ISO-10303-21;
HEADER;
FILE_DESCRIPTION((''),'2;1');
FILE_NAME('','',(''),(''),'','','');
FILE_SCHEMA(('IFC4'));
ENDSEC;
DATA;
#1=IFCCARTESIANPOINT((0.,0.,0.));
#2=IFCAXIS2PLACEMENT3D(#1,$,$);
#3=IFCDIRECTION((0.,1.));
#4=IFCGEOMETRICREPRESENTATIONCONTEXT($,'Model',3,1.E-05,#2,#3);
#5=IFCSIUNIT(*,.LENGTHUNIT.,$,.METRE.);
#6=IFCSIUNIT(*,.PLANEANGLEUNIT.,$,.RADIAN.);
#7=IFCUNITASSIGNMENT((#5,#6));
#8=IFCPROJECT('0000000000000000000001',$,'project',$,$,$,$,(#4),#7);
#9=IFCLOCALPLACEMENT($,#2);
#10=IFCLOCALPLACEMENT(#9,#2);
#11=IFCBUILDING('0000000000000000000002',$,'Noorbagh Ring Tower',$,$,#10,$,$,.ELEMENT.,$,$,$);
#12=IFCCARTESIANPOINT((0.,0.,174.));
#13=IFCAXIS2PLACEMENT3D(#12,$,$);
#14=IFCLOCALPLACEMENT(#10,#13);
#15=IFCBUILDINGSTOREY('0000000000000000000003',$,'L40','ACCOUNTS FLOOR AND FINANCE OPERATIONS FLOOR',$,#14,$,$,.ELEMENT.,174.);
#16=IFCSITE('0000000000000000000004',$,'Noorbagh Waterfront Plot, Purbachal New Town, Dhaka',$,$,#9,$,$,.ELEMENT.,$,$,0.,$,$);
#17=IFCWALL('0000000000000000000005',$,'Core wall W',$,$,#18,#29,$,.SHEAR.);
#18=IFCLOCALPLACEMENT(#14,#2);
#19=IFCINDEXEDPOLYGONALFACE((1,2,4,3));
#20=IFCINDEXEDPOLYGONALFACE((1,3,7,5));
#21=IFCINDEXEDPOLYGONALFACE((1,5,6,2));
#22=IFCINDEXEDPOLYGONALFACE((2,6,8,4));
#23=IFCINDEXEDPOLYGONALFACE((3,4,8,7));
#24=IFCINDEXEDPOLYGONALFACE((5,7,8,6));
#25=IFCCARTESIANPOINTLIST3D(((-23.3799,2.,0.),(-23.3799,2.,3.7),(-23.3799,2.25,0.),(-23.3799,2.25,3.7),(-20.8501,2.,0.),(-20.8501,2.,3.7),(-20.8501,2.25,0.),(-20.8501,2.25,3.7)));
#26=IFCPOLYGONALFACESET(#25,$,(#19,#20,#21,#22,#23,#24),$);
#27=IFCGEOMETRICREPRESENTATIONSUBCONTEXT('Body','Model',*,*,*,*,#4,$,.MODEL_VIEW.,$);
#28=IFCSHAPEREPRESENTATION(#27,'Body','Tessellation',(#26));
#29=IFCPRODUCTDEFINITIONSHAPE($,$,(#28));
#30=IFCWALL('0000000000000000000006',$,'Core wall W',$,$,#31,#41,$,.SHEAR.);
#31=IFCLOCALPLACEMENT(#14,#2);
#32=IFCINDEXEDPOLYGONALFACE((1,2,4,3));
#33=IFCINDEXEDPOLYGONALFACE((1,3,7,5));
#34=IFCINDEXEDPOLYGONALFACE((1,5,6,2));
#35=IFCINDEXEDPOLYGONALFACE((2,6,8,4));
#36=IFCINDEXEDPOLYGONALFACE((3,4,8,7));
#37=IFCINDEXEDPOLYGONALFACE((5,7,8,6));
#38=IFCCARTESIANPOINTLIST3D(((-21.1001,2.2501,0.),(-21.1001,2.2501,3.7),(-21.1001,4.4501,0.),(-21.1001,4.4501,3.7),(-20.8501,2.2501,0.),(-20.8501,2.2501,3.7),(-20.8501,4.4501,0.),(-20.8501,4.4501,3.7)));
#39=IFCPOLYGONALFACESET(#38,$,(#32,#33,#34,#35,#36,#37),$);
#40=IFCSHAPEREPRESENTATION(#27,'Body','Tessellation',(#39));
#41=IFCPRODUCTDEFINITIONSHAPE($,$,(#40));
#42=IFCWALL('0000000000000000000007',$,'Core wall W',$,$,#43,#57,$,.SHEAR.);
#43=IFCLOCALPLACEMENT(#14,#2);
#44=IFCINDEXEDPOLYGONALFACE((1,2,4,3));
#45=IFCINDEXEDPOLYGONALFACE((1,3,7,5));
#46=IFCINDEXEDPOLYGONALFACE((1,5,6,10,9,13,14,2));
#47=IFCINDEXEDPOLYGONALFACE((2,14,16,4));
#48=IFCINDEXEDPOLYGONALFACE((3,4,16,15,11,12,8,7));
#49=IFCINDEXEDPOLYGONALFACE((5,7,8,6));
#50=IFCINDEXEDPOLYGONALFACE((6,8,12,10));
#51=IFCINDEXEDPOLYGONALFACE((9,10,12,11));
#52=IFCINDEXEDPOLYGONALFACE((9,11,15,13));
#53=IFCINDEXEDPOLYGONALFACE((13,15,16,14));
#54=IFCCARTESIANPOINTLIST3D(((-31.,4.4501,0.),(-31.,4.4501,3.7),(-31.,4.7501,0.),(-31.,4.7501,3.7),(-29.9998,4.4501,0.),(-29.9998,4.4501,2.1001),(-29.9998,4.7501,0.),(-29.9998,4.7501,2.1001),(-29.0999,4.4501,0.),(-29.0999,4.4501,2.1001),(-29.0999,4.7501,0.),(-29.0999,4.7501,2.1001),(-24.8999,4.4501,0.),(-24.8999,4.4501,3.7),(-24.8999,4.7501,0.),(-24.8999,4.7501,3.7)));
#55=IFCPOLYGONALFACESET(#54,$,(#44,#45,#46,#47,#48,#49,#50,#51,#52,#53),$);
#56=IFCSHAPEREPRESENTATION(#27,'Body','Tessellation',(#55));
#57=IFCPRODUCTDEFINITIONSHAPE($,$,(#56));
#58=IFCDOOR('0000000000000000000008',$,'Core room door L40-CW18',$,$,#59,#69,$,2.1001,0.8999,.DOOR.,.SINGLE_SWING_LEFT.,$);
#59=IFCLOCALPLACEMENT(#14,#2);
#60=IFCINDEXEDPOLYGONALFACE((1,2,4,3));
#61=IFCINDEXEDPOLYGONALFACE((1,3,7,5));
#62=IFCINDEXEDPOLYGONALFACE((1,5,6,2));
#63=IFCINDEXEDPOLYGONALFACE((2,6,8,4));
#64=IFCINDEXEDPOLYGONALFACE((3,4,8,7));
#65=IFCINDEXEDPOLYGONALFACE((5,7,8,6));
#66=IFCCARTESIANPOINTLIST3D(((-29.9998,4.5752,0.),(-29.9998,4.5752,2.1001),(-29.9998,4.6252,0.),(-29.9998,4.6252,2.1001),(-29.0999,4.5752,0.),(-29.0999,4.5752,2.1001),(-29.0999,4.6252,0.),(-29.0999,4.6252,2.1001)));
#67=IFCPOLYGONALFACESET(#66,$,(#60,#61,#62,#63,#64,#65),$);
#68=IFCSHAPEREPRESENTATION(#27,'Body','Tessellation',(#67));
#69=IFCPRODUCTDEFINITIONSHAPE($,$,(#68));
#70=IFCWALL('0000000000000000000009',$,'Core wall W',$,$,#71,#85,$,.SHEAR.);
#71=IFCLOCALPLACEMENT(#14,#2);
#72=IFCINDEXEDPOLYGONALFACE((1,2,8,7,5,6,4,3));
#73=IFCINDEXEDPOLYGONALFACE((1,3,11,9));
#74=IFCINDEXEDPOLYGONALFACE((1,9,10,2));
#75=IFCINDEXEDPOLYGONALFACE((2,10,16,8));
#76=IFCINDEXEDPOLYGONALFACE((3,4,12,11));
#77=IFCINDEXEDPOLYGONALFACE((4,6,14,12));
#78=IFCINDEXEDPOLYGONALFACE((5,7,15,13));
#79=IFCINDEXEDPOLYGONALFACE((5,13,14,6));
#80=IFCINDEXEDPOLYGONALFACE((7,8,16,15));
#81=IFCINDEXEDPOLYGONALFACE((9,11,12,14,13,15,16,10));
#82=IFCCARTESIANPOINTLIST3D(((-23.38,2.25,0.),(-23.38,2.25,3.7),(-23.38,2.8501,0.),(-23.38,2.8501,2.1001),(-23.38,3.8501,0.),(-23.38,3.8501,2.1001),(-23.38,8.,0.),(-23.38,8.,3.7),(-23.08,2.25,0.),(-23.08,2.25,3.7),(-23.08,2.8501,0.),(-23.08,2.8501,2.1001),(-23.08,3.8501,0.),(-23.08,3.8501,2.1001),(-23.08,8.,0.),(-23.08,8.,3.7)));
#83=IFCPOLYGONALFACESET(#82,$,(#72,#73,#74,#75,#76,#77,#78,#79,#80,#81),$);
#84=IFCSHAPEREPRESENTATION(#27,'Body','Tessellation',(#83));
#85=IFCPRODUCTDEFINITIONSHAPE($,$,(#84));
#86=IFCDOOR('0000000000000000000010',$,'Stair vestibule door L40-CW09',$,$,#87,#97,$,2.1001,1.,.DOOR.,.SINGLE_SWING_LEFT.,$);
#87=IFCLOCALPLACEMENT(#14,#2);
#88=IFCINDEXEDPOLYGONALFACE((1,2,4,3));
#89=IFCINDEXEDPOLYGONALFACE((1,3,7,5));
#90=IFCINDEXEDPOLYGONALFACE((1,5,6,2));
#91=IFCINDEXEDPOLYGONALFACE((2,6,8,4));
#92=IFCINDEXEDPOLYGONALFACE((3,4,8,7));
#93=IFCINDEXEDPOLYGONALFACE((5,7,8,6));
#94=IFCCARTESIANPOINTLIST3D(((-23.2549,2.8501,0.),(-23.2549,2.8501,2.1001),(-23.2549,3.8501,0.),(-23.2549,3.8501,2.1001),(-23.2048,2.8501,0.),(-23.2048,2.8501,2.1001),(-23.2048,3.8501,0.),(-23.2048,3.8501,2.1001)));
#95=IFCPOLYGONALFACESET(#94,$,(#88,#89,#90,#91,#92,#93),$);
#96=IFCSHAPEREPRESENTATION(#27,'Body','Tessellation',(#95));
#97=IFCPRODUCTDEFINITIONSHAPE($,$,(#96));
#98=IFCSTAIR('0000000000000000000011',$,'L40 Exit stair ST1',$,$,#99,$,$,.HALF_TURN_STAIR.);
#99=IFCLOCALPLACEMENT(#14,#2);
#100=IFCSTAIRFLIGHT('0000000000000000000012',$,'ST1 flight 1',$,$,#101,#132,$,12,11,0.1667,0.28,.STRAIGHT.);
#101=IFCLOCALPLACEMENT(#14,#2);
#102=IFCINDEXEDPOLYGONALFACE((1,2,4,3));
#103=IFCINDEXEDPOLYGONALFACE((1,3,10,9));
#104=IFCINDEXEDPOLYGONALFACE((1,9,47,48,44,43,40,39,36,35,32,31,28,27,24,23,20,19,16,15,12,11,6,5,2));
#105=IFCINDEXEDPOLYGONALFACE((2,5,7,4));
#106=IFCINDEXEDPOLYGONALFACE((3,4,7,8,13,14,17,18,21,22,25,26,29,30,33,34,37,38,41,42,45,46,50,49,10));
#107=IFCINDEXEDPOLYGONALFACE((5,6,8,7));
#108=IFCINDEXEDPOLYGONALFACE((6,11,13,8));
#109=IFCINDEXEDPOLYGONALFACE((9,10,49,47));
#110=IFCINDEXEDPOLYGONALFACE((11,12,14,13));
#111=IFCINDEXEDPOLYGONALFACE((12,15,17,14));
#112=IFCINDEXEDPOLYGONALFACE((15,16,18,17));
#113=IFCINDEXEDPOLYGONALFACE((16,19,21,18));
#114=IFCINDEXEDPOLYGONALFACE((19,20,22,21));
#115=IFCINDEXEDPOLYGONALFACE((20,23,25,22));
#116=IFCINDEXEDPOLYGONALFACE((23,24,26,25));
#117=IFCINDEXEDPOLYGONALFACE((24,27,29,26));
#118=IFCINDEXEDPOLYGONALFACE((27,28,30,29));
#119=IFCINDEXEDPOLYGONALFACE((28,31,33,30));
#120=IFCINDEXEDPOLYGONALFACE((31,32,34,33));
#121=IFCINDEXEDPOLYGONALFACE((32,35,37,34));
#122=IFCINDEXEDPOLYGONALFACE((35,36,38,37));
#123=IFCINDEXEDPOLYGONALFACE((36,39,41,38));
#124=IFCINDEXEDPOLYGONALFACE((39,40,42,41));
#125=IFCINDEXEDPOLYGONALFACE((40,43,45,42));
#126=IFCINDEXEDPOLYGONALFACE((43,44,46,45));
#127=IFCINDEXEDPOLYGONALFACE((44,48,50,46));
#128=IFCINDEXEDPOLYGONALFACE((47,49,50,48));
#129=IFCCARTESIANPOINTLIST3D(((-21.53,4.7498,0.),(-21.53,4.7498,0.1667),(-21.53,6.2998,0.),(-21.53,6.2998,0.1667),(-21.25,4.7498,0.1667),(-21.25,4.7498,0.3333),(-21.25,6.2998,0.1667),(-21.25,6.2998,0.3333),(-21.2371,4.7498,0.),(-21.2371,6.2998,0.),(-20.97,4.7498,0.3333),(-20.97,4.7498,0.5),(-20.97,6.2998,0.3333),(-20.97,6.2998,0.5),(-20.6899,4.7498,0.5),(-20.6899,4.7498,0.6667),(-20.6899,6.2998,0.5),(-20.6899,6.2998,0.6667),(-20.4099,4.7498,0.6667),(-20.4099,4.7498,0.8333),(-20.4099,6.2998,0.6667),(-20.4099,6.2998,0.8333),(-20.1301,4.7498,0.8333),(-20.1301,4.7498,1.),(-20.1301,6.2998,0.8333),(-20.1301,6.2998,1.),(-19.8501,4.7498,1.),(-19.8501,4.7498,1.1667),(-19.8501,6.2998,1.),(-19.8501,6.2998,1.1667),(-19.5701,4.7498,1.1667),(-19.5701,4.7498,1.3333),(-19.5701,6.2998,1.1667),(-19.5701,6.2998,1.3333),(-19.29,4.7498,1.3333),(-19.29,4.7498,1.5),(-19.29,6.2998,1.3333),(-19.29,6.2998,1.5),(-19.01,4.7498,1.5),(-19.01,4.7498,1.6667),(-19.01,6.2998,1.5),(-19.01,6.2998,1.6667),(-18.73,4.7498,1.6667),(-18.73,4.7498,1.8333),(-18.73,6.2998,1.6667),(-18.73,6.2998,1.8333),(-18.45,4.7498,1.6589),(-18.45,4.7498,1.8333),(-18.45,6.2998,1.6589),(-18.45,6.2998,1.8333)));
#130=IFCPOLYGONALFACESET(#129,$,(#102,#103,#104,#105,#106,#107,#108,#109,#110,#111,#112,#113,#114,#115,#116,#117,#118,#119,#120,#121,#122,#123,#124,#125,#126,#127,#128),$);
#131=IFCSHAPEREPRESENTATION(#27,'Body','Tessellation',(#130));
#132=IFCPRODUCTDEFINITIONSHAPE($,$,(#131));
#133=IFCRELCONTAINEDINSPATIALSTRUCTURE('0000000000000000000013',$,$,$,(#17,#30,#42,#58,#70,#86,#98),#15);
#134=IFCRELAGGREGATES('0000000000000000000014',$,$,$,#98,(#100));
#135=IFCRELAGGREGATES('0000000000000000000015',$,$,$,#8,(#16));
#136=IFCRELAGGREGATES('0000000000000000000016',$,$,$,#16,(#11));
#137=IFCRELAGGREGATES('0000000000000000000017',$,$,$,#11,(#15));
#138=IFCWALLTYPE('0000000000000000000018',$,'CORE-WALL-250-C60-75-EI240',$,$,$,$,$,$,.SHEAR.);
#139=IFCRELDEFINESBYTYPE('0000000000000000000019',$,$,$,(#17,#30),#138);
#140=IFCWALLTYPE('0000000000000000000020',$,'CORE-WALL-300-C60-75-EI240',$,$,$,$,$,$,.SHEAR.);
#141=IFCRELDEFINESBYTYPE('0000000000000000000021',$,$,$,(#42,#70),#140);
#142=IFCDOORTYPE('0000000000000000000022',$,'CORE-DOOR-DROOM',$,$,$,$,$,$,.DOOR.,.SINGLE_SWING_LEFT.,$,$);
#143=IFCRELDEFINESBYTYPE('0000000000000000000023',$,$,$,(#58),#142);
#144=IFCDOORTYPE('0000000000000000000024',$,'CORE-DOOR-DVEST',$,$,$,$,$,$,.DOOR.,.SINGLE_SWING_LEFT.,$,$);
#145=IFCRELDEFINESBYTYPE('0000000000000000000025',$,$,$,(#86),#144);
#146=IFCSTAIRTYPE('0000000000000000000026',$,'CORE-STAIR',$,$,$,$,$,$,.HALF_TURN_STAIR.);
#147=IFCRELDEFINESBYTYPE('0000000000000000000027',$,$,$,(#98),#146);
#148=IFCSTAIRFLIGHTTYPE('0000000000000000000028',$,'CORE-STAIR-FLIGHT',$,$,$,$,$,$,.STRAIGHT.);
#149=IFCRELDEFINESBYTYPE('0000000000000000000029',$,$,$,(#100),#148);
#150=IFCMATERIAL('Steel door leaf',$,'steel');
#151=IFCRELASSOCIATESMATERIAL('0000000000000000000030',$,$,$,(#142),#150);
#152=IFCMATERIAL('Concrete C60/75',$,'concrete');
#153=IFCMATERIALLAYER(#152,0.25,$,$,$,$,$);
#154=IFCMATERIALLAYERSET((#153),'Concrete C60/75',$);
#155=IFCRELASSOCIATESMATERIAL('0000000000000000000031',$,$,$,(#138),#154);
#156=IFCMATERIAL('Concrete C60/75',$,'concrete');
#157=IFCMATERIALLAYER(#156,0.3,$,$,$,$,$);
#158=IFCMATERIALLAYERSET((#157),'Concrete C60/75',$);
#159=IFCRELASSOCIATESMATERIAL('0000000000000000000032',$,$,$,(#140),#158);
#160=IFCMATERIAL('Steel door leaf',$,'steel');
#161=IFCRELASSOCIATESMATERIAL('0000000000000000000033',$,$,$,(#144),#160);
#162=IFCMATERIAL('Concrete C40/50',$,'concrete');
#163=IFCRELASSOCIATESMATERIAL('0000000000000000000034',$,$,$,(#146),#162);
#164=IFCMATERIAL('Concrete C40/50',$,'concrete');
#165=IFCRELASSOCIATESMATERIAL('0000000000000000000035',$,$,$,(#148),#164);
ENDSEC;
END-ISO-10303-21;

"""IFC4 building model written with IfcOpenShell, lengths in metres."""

from ifc_helpers import new_model, si_unit, direction, frame, frame_2d, origin, place, context, subcontext, project, spatial, polyline, rectangle, outline, extrude, material, layer, layer_set, type_object, element, fill, aggregate, save


model = new_model("IFC4")

# Units and contexts
model_context = context("Model", 3, precision=1e-05, world=origin(), true_north=direction((0.0, 1.0)))
body_context = subcontext(model_context, "Body", "Model", "MODEL_VIEW")
ifc_project = project(units=[si_unit("LENGTHUNIT", "METRE"), si_unit("PLANEANGLEUNIT", "RADIAN")], contexts=[model_context])

# Site, building, storey
site_placement = place(None, origin())
site = spatial("IfcSite", under=ifc_project, at=site_placement, Name="Noorbagh Waterfront Plot, Purbachal New Town, Dhaka", CompositionType="ELEMENT", RefElevation=0.0)
building_placement = place(site_placement, origin())
building = spatial("IfcBuilding", under=site, at=building_placement, Name="Noorbagh Ring Tower", CompositionType="ELEMENT")
storey_placement = place(building_placement, frame((0.0, 0.0, 174.0)))
storey = spatial("IfcBuildingStorey", under=building, at=storey_placement, Name="L40", Description="ACCOUNTS FLOOR AND FINANCE OPERATIONS FLOOR", CompositionType="ELEMENT", Elevation=174.0)

# Shared definitions
ifc_material_1 = material(Name="Steel door leaf", Category="steel")
door_type_1 = type_object("IfcDoorType", Name="CORE-DOOR-DROOM", OperationType="SINGLE_SWING_LEFT", PredefinedType="DOOR", material=ifc_material_1)

# Walls
ifc_material_2 = material(Name="Concrete C60/75", Category="concrete")
ifc_layer_1 = layer(ifc_material_2, 0.25)
ifc_layer_set_1 = layer_set([ifc_layer_1], Name="Concrete C60/75")
wall_type_1 = type_object("IfcWallType", Name="CORE-WALL-250-C60-75-EI240", PredefinedType="SHEAR", material=ifc_layer_set_1)
wall_1_placement = place(storey_placement, frame((-20.8501, 2.125, 0.0), z_axis=(0.0, 0.0, 1.0), x_axis=(-1.0, 0.0, 0.0)))
element("IfcWall", 1, at=wall_1_placement, inside=storey, type_object=wall_type_1, Name="Core wall W", PredefinedType="SHEAR", context=body_context, shape_type="SweptSolid", body=[
    extrude(rectangle(XDim=2.5298, YDim=0.25, at=frame_2d((1.2649, 0.0))), origin(), (0.0, 0.0, 1.0), 3.7),
])
wall_2_placement = place(storey_placement, frame((-20.9751, 2.25, 0.0), z_axis=(0.0, 0.0, 1.0), x_axis=(0.0, 1.0, 0.0)))
element("IfcWall", 2, at=wall_2_placement, inside=storey, type_object=wall_type_1, Name="Core wall W", PredefinedType="SHEAR", context=body_context, shape_type="SweptSolid", body=[
    extrude(rectangle(XDim=2.2, YDim=0.25, at=frame_2d((1.1001, 0.0))), origin(), (0.0, 0.0, 1.0), 3.7),
])

# Walls, openings, doors
ifc_material_3 = material(Name="Concrete C60/75", Category="concrete")
ifc_layer_2 = layer(ifc_material_3, 0.3)
ifc_layer_set_2 = layer_set([ifc_layer_2], Name="Concrete C60/75")
wall_type_2 = type_object("IfcWallType", Name="CORE-WALL-300-C60-75-EI240", PredefinedType="SHEAR", material=ifc_layer_set_2)
wall_3_placement = place(storey_placement, frame((-24.8999, 4.6001, 0.0), z_axis=(0.0, 0.0, 1.0), x_axis=(-1.0, 0.0, 0.0)))
wall_3 = element("IfcWall", 3, at=wall_3_placement, inside=storey, type_object=wall_type_2, Name="Core wall W", PredefinedType="SHEAR", context=body_context, shape_type="SweptSolid", body=[
    extrude(rectangle(XDim=6.1001, YDim=0.3, at=frame_2d((3.05, 0.0))), origin(), (0.0, 0.0, 1.0), 3.7),
])
opening_1_placement = place(wall_3_placement, frame((4.2, 0.0, 0.0)))
opening_1 = element("IfcOpeningElement", 4, at=opening_1_placement, cuts=wall_3, PredefinedType="OPENING", context=body_context, shape_type="SweptSolid", body=[
    extrude(rectangle(XDim=0.8999, YDim=2.1001, at=frame_2d((0.45, 1.05))), frame((0.0, 0.1602, 0.0), z_axis=(0.0, -1.0, 0.0), x_axis=(1.0, 0.0, 0.0)), (0.0, 0.0, 1.0), 0.3201),
])
door_1_placement = place(opening_1_placement, origin())
door_1 = element("IfcDoor", 5, at=door_1_placement, inside=storey, type_object=door_type_1, Name="Core room door L40-CW18", OperationType="SINGLE_SWING_LEFT", OverallHeight=2.1001, OverallWidth=0.8999, PredefinedType="DOOR", context=body_context, shape_type="SweptSolid", body=[
    extrude(rectangle(XDim=0.8999, YDim=2.1001, at=frame_2d((0.45, 1.05))), frame((0.0, 0.0249, 0.0), z_axis=(0.0, -1.0, 0.0), x_axis=(1.0, 0.0, 0.0)), (0.0, 0.0, 1.0), 0.05),
])
fill(opening_1, door_1)
wall_4_placement = place(storey_placement, frame((-23.23, 2.25, 0.0), z_axis=(0.0, 0.0, 1.0), x_axis=(0.0, 1.0, 0.0)))
wall_4 = element("IfcWall", 6, at=wall_4_placement, inside=storey, type_object=wall_type_2, Name="Core wall W", PredefinedType="SHEAR", context=body_context, shape_type="SweptSolid", body=[
    extrude(rectangle(XDim=5.75, YDim=0.3, at=frame_2d((2.875, 0.0))), origin(), (0.0, 0.0, 1.0), 3.7),
])
opening_2_placement = place(wall_4_placement, frame((0.6001, 0.0, 0.0)))
opening_2 = element("IfcOpeningElement", 7, at=opening_2_placement, cuts=wall_4, PredefinedType="OPENING", context=body_context, shape_type="SweptSolid", body=[
    extrude(rectangle(XDim=1.0, YDim=2.1001, at=frame_2d((0.5, 1.05))), frame((0.0, 0.1602, 0.0), z_axis=(0.0, -1.0, 0.0), x_axis=(1.0, 0.0, 0.0)), (0.0, 0.0, 1.0), 0.3201),
])
ifc_material_4 = material(Name="Steel door leaf", Category="steel")
door_type_2 = type_object("IfcDoorType", Name="CORE-DOOR-DVEST", OperationType="SINGLE_SWING_LEFT", PredefinedType="DOOR", material=ifc_material_4)
door_2_placement = place(opening_2_placement, origin())
door_2 = element("IfcDoor", 8, at=door_2_placement, inside=storey, type_object=door_type_2, Name="Stair vestibule door L40-CW09", OperationType="SINGLE_SWING_LEFT", OverallHeight=2.1001, OverallWidth=1.0, PredefinedType="DOOR", context=body_context, shape_type="SweptSolid", body=[
    extrude(rectangle(XDim=1.0, YDim=2.1001, at=frame_2d((0.5, 1.05))), frame((0.0, 0.0249, 0.0), z_axis=(0.0, -1.0, 0.0), x_axis=(1.0, 0.0, 0.0)), (0.0, 0.0, 1.0), 0.05),
])
fill(opening_2, door_2)

# Stair, stair flight
ifc_material_5 = material(Name="Concrete C40/50", Category="concrete")
stair_type = type_object("IfcStairType", Name="CORE-STAIR", PredefinedType="HALF_TURN_STAIR", material=ifc_material_5)
stair_placement = place(storey_placement, origin())
stair = element("IfcStair", 9, at=stair_placement, inside=storey, type_object=stair_type, Name="L40 Exit stair ST1", PredefinedType="HALF_TURN_STAIR")
ifc_material_6 = material(Name="Concrete C40/50", Category="concrete")
stair_flight_type = type_object("IfcStairFlightType", Name="CORE-STAIR-FLIGHT", PredefinedType="STRAIGHT", material=ifc_material_6)
stair_flight_placement = place(storey_placement, frame((-21.53, 5.5249, 0.0), z_axis=(0.0, 0.0, 1.0), x_axis=(1.0, 0.0, 0.0)))
stair_flight = element("IfcStairFlight", 10, at=stair_flight_placement, type_object=stair_flight_type, Name="ST1 flight 1", NumberOfRisers=12, NumberOfTreads=11, PredefinedType="STRAIGHT", RiserHeight=0.1667, TreadLength=0.28, context=body_context, shape_type="SweptSolid", body=[
    extrude(outline(polyline([(0.0, 0.0), (0.0, 0.1667), (0.28, 0.1667), (0.28, 0.3333), (0.5601, 0.3333), (0.5601, 0.5), (0.8401, 0.5), (0.8401, 0.6667), (1.1201, 0.6667), (1.1201, 0.8333), (1.3999, 0.8333), (1.3999, 1.0), (1.6799, 1.0), (1.6799, 1.1667), (1.96, 1.1667), (1.96, 1.3333), (2.24, 1.3333), (2.24, 1.5), (2.52, 1.5), (2.52, 1.6667), (2.8, 1.6667), (2.8, 1.8333), (3.0801, 1.8333), (3.0801, 2.0), (3.0801, 1.6589), (0.293, 0.0), (0.0, 0.0)])), frame((0.0, 0.7749, 0.0), z_axis=(0.0, -1.0, 0.0), x_axis=(1.0, 0.0, 0.0)), (0.0, 0.0, 1.0), 1.55),
])
aggregate(stair, [stair_flight])

save(model, "model.ifc")
